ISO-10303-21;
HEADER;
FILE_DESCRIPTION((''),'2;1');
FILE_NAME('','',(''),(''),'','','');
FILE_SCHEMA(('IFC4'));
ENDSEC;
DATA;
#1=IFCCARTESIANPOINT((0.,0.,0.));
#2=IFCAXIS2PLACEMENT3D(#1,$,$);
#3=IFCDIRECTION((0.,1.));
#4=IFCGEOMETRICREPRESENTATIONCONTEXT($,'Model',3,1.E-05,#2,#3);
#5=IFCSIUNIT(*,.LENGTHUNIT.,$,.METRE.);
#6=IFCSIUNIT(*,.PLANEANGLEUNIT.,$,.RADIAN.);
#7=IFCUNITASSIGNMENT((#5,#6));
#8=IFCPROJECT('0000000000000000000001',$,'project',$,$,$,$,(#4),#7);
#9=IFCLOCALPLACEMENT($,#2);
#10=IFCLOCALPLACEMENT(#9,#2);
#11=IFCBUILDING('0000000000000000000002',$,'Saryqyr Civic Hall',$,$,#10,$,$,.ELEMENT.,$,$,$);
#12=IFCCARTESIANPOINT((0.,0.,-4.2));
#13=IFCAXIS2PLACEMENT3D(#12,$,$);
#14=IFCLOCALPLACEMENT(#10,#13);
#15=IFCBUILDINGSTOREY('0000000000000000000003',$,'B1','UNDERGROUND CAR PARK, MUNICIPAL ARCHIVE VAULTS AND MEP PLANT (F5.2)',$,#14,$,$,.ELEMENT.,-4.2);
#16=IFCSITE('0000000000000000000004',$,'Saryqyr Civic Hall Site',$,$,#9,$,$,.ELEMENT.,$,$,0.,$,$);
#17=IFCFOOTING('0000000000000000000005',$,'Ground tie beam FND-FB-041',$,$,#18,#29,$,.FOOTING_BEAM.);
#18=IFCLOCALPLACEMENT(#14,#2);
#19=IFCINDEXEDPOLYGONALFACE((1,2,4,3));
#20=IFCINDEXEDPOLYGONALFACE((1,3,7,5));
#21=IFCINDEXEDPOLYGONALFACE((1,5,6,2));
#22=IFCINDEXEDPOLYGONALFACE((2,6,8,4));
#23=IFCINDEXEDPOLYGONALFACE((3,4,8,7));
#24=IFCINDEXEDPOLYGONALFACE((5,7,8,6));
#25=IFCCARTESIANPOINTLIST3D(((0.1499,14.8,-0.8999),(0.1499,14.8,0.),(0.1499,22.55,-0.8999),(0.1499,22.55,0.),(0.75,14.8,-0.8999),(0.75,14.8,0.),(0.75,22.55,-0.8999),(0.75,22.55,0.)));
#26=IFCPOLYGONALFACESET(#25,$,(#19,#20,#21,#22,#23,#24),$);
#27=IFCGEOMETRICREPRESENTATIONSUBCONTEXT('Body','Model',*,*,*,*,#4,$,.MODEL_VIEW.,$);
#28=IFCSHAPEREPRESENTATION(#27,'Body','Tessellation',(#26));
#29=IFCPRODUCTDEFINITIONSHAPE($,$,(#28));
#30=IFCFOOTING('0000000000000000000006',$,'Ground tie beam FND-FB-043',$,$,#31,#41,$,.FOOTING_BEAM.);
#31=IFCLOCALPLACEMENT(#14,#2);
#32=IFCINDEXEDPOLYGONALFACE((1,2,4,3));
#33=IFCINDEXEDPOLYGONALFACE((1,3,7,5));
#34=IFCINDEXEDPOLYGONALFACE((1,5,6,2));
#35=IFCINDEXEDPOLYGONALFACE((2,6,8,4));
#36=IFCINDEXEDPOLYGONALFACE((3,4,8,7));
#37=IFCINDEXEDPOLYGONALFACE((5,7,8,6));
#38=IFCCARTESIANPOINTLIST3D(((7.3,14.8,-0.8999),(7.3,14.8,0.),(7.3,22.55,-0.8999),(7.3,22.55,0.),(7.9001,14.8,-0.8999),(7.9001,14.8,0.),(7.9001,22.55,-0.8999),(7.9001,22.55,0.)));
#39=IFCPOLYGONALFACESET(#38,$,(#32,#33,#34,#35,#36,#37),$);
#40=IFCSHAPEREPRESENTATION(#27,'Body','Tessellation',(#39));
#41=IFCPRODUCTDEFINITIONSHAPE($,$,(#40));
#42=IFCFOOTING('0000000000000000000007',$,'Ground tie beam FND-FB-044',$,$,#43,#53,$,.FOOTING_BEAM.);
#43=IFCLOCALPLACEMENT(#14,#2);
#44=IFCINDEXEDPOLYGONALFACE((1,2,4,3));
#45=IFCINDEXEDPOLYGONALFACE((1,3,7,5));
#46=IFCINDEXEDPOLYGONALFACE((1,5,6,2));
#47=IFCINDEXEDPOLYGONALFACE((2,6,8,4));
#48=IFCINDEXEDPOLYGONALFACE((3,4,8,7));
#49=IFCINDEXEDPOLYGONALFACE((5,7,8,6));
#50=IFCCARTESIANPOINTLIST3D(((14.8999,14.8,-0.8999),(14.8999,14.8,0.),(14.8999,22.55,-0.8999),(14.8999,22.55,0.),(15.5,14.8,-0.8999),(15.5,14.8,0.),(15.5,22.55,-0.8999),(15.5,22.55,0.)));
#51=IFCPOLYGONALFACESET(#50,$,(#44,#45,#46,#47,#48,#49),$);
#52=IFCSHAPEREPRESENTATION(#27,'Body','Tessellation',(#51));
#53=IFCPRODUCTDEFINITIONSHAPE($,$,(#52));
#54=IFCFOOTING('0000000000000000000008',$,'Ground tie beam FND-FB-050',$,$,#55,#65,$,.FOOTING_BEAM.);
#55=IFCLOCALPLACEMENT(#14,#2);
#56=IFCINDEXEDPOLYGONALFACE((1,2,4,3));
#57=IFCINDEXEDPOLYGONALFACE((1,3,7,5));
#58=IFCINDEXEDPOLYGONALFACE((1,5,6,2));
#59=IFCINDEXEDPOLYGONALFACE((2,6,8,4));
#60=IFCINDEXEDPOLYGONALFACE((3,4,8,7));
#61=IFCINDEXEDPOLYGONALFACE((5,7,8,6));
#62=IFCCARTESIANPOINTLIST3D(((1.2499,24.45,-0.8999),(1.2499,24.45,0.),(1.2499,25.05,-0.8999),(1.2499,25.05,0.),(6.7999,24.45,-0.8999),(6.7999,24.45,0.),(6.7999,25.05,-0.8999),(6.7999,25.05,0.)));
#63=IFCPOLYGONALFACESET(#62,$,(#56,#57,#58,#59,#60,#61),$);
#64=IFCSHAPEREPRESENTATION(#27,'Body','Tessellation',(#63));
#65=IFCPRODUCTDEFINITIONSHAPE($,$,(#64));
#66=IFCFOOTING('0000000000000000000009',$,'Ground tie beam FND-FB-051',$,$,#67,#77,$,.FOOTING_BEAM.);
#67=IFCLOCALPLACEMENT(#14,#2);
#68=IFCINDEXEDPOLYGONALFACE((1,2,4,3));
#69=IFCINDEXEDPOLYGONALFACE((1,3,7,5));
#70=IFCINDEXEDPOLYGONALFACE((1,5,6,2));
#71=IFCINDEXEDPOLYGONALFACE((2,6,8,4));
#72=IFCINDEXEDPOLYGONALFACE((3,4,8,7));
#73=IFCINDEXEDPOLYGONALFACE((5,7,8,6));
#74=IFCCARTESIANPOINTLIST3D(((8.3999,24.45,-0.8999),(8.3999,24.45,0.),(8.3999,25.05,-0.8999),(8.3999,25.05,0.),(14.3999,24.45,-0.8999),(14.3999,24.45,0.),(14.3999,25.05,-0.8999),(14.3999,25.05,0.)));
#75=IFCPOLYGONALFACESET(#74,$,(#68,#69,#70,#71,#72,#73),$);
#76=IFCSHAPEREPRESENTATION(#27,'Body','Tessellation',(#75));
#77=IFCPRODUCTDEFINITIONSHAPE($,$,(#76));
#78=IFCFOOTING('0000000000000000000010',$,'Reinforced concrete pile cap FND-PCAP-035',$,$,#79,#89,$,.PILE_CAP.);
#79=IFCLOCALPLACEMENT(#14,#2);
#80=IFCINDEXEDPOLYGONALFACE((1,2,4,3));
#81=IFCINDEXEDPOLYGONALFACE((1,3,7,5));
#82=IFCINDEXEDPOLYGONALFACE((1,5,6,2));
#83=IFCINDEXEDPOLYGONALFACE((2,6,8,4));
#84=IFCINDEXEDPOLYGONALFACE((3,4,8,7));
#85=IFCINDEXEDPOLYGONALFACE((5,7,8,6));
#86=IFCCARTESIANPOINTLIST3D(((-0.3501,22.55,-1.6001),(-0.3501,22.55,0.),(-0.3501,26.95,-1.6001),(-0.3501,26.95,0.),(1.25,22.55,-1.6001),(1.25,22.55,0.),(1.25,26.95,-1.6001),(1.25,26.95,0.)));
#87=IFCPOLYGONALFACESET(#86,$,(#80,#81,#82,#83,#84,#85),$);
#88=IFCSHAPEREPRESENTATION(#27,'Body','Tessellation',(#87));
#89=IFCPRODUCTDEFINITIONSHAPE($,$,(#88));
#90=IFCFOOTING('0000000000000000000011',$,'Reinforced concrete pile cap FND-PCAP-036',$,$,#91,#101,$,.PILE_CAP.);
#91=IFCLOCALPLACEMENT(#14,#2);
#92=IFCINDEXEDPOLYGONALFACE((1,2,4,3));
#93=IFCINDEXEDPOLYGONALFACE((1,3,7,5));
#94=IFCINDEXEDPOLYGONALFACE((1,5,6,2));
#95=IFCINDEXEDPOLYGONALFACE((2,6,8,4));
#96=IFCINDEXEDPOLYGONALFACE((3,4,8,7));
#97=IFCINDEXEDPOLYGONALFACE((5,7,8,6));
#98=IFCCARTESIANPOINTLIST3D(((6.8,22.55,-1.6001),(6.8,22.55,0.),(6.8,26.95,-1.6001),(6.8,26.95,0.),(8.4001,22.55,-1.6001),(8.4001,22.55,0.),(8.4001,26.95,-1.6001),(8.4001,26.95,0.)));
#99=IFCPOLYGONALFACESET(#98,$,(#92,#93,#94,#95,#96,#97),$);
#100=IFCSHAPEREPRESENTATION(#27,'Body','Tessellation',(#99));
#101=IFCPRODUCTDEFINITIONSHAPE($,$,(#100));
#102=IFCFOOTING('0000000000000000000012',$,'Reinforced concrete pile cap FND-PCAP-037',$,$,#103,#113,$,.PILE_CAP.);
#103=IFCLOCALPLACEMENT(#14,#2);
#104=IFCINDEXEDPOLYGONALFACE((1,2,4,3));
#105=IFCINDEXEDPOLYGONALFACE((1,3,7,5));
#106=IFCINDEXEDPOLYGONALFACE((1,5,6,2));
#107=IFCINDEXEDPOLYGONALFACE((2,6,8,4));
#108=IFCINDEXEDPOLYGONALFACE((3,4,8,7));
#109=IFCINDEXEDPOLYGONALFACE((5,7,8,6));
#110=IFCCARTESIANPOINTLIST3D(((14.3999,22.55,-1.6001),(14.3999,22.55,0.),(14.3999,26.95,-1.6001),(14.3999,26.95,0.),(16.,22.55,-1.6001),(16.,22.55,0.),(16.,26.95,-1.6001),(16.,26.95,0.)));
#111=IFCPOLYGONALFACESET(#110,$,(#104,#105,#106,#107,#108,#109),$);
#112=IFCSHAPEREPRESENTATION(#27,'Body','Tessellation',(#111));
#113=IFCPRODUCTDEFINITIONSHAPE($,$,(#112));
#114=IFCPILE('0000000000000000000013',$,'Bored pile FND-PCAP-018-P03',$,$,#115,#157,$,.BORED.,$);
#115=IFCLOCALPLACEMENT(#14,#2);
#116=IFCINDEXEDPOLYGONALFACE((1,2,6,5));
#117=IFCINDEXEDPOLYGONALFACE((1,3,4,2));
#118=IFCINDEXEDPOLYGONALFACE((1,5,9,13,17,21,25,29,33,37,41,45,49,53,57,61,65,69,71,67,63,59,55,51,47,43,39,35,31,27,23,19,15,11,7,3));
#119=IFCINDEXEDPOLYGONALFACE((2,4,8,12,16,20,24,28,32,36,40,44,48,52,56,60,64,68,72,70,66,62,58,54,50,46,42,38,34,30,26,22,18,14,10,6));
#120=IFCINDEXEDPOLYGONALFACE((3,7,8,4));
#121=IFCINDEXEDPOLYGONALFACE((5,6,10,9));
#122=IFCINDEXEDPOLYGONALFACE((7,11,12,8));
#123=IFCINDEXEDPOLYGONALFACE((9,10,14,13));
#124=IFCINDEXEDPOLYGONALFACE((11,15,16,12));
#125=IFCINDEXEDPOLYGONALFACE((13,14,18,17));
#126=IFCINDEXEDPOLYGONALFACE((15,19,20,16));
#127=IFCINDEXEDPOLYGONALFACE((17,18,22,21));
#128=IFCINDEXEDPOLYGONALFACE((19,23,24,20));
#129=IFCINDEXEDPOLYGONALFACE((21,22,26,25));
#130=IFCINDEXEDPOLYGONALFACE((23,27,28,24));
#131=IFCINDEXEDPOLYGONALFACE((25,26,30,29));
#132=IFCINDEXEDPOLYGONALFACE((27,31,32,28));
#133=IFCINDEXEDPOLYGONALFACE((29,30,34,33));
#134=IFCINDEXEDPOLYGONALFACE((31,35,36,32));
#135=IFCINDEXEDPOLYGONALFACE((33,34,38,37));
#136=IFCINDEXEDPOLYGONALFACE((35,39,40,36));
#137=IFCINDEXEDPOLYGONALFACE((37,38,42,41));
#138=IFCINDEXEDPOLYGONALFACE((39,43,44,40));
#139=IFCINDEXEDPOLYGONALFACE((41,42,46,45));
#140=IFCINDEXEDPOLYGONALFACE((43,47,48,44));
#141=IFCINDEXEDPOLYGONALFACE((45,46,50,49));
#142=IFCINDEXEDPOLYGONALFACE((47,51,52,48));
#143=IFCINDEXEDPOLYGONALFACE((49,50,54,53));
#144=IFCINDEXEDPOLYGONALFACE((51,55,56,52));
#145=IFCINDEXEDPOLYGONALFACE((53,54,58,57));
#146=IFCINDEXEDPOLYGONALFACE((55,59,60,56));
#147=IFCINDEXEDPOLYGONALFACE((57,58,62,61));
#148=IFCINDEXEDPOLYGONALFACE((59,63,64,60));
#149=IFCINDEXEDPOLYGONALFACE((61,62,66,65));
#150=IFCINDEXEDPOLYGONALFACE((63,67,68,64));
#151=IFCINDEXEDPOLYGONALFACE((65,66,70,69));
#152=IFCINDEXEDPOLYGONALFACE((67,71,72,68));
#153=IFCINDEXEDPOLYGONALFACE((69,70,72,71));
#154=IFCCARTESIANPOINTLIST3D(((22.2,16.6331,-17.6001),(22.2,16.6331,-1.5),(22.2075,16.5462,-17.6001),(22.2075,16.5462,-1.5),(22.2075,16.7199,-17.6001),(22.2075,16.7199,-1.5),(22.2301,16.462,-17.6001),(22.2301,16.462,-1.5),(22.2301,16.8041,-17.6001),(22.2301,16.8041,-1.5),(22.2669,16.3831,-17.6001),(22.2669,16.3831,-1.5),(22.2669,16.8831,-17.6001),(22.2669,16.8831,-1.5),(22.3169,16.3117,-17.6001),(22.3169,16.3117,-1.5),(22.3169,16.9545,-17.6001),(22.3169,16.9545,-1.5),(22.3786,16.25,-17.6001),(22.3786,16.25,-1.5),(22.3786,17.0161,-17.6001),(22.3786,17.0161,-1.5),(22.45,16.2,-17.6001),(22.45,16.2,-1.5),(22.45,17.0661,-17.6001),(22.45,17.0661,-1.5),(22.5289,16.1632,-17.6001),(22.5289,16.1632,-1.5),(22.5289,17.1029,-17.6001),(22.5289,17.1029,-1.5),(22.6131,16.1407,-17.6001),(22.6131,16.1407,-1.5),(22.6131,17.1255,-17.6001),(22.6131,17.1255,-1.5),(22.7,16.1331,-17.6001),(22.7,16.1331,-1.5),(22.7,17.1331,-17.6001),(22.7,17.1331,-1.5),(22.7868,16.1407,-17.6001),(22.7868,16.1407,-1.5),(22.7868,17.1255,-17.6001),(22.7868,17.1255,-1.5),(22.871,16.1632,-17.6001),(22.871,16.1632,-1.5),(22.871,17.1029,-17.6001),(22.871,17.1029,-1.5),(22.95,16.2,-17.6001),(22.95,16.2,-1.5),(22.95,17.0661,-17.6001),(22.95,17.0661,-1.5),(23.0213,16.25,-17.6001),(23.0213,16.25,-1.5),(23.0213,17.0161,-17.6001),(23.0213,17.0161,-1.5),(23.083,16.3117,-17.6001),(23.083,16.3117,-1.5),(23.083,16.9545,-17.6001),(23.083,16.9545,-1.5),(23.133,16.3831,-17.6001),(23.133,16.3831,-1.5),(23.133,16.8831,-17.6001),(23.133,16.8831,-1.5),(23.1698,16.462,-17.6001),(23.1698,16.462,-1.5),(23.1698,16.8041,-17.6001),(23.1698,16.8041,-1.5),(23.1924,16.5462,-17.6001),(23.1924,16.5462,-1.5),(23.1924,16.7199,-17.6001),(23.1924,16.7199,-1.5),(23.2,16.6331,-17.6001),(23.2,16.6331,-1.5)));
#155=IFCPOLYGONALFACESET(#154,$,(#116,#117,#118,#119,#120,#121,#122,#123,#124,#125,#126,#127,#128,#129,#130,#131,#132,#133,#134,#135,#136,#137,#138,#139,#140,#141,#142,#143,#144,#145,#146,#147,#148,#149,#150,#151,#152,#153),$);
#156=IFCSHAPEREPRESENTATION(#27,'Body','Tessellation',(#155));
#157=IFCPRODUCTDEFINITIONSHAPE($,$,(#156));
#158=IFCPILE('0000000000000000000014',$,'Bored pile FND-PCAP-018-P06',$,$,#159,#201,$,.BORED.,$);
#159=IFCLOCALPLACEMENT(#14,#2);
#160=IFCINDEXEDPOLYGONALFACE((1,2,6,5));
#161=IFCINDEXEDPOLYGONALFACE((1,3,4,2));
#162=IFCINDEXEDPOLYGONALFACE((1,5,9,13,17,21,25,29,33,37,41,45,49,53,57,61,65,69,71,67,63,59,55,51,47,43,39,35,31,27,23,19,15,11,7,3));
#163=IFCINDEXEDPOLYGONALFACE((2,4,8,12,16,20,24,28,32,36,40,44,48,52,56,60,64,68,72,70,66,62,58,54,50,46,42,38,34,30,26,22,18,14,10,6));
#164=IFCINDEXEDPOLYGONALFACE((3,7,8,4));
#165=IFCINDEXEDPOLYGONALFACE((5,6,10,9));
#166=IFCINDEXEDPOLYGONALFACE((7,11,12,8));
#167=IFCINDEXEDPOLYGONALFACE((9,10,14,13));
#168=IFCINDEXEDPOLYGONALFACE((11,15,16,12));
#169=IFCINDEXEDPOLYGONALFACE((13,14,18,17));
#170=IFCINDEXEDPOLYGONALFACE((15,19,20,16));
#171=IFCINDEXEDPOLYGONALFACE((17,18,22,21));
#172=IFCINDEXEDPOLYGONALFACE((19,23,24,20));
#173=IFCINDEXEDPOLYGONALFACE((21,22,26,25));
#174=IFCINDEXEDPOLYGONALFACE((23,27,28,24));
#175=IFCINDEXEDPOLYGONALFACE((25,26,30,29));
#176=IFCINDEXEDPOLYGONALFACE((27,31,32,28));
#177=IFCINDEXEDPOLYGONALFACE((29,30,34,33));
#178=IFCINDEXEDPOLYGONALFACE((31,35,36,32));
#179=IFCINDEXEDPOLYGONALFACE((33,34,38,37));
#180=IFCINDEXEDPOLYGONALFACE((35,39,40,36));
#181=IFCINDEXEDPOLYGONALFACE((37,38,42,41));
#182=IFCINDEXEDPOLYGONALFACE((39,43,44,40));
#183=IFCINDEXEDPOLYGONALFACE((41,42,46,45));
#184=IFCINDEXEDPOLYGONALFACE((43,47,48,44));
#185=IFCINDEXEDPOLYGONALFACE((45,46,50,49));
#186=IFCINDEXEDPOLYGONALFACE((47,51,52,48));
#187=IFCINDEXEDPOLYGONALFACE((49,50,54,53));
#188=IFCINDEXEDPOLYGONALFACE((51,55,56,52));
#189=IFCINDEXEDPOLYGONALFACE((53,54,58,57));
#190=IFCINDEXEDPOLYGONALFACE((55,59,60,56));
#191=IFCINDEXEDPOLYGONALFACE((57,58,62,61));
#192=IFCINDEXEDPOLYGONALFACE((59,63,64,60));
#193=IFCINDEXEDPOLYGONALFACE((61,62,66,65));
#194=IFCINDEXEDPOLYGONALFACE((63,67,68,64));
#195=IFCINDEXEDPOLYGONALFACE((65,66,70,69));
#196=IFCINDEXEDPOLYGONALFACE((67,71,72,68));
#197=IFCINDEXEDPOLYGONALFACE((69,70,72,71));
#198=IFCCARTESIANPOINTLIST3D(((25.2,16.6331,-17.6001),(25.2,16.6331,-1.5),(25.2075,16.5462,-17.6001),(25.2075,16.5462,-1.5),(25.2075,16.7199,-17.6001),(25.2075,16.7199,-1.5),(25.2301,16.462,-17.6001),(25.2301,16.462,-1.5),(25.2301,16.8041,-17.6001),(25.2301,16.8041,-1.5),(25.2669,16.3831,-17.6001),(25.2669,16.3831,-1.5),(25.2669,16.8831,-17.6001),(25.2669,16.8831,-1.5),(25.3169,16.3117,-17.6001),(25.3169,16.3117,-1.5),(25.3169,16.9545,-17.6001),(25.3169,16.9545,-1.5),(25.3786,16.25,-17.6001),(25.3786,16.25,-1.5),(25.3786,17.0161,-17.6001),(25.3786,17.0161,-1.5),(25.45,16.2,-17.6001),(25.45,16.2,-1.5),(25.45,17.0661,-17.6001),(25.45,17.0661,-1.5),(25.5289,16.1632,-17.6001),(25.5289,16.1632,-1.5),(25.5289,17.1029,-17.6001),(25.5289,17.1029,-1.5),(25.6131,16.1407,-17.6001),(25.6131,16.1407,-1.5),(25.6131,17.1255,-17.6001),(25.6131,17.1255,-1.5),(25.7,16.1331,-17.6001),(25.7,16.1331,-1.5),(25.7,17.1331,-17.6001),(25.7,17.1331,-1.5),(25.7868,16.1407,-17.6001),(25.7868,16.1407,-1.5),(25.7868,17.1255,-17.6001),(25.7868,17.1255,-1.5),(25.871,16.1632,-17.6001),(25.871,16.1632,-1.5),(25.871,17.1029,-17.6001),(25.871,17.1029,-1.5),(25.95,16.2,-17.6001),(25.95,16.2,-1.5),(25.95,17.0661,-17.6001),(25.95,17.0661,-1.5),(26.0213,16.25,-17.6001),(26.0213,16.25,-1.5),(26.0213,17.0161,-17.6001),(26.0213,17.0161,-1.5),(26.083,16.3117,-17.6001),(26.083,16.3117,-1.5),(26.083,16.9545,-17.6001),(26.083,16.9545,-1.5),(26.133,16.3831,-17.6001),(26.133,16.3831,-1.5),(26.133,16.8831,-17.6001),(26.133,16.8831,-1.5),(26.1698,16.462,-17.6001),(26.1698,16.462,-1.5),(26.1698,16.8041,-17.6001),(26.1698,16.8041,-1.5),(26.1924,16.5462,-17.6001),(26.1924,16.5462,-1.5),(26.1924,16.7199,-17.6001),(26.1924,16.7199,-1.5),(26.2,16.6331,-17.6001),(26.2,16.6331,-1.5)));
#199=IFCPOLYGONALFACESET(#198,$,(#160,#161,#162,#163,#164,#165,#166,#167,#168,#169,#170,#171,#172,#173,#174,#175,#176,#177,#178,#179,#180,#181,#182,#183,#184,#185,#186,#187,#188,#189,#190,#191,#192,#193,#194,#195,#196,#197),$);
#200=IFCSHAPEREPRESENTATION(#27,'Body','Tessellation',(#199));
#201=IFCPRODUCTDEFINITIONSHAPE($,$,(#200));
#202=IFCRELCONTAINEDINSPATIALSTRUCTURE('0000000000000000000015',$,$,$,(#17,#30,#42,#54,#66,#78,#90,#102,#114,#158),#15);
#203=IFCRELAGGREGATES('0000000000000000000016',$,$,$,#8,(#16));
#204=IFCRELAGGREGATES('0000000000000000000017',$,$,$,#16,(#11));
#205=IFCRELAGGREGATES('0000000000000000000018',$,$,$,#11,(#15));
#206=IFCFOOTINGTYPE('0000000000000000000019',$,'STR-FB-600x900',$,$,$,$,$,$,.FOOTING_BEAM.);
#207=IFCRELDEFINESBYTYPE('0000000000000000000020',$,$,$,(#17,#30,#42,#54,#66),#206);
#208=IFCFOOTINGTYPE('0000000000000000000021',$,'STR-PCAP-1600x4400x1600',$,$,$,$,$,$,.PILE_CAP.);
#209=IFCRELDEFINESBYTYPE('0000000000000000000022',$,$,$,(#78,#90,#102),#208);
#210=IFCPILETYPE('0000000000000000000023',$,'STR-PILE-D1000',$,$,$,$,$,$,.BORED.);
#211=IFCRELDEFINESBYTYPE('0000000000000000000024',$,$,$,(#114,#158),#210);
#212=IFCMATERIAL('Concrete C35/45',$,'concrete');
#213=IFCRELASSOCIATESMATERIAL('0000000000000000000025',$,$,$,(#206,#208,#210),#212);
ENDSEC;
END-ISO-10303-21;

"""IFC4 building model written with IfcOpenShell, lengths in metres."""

from ifc_helpers import new_model, si_unit, direction, frame, origin, origin_2d, place, context, subcontext, project, spatial, rectangle, circle, extrude, material, material_profile, profile_set, type_object, element, save


model = new_model("IFC4")

# Units and contexts
model_context = context("Model", 3, precision=1e-05, world=origin(), true_north=direction((0.0, 1.0)))
body_context = subcontext(model_context, "Body", "Model", "MODEL_VIEW")
ifc_project = project(units=[si_unit("LENGTHUNIT", "METRE"), si_unit("PLANEANGLEUNIT", "RADIAN")], contexts=[model_context])

# Site, building, storey
site_placement = place(None, origin())
site = spatial("IfcSite", under=ifc_project, at=site_placement, Name="Saryqyr Civic Hall Site", CompositionType="ELEMENT", RefElevation=0.0)
building_placement = place(site_placement, origin())
building = spatial("IfcBuilding", under=site, at=building_placement, Name="Saryqyr Civic Hall", CompositionType="ELEMENT")
storey_placement = place(building_placement, frame((0.0, 0.0, -4.2)))
storey = spatial("IfcBuildingStorey", under=building, at=storey_placement, Name="B1", Description="UNDERGROUND CAR PARK, MUNICIPAL ARCHIVE VAULTS AND MEP PLANT (F5.2)", CompositionType="ELEMENT", Elevation=-4.2)

# Footings
ifc_material_1 = material(Name="Concrete C35/45", Category="concrete")
footing_type_1 = type_object("IfcFootingType", Name="STR-FB-600x900", PredefinedType="FOOTING_BEAM", material=ifc_material_1)
for number, where, z_axis, x_axis, name in (
    (1, (0.45, 18.675, -0.8999), (0.0, 0.0, 1.0), (1.0, 0.0, 0.0), "Ground tie beam FND-FB-041"),
    (2, (7.6001, 18.675, -0.8999), (0.0, 0.0, 1.0), (1.0, 0.0, 0.0), "Ground tie beam FND-FB-043"),
    (3, (15.2, 18.675, -0.8999), (0.0, 0.0, 1.0), (1.0, 0.0, 0.0), "Ground tie beam FND-FB-044"),
):
    element("IfcFooting", number, at=place(storey_placement, frame(where, z_axis=z_axis, x_axis=x_axis)), inside=storey, type_object=footing_type_1, Name=name, PredefinedType="FOOTING_BEAM", context=body_context, shape_type="SweptSolid", body=[
        extrude(rectangle(XDim=0.6001, YDim=7.75, at=origin_2d()), origin(), (0.0, 0.0, 1.0), 0.8999),
    ])
footing_1_placement = place(storey_placement, frame((4.0249, 24.75, -0.8999), z_axis=(0.0, 0.0, 1.0), x_axis=(1.0, 0.0, 0.0)))
element("IfcFooting", 4, at=footing_1_placement, inside=storey, type_object=footing_type_1, Name="Ground tie beam FND-FB-050", PredefinedType="FOOTING_BEAM", context=body_context, shape_type="SweptSolid", body=[
    extrude(rectangle(XDim=5.55, YDim=0.6001, at=origin_2d()), origin(), (0.0, 0.0, 1.0), 0.8999),
])
footing_2_placement = place(storey_placement, frame((11.3999, 24.75, -0.8999), z_axis=(0.0, 0.0, 1.0), x_axis=(1.0, 0.0, 0.0)))
element("IfcFooting", 5, at=footing_2_placement, inside=storey, type_object=footing_type_1, Name="Ground tie beam FND-FB-051", PredefinedType="FOOTING_BEAM", context=body_context, shape_type="SweptSolid", body=[
    extrude(rectangle(XDim=6.0, YDim=0.6001, at=origin_2d()), origin(), (0.0, 0.0, 1.0), 0.8999),
])
footing_type_2 = type_object("IfcFootingType", Name="STR-PCAP-1600x4400x1600", PredefinedType="PILE_CAP", material=ifc_material_1)
for number, where, z_axis, x_axis, name in (
    (6, (0.45, 24.75, -1.6001), (0.0, 0.0, 1.0), (1.0, 0.0, 0.0), "Reinforced concrete pile cap FND-PCAP-035"),
    (7, (7.6001, 24.75, -1.6001), (0.0, 0.0, 1.0), (1.0, 0.0, 0.0), "Reinforced concrete pile cap FND-PCAP-036"),
    (8, (15.2, 24.75, -1.6001), (0.0, 0.0, 1.0), (1.0, 0.0, 0.0), "Reinforced concrete pile cap FND-PCAP-037"),
):
    element("IfcFooting", number, at=place(storey_placement, frame(where, z_axis=z_axis, x_axis=x_axis)), inside=storey, type_object=footing_type_2, Name=name, PredefinedType="PILE_CAP", context=body_context, shape_type="SweptSolid", body=[
        extrude(rectangle(XDim=1.6001, YDim=4.3999, at=origin_2d()), origin(), (0.0, 0.0, 1.0), 1.6001),
    ])

# Piles
ifc_material_profile_1 = material_profile(ifc_material_1, circle(Radius=0.5, at=origin_2d()), Name="BORED PILE D1000")
ifc_profile_set_1 = profile_set([ifc_material_profile_1], Name="Concrete C35/45")
pile_type_1 = type_object("IfcPileType", Name="STR-PILE-D1000", PredefinedType="BORED", material=ifc_profile_set_1)
for number, where, z_axis, x_axis, name in (
    (9, (22.7, 16.6331, -1.5), (0.0, 0.0, -1.0), (1.0, 0.0, 0.0), "Bored pile FND-PCAP-018-P03"),
    (10, (25.7, 16.6331, -1.5), (0.0, 0.0, -1.0), (1.0, 0.0, 0.0), "Bored pile FND-PCAP-018-P06"),
):
    element("IfcPile", number, at=place(storey_placement, frame(where, z_axis=z_axis, x_axis=x_axis)), inside=storey, type_object=pile_type_1, Name=name, PredefinedType="BORED", context=body_context, shape_type="SweptSolid", body=[
        extrude(circle(Radius=0.5, at=origin_2d()), origin(), (0.0, 0.0, 1.0), 16.1001),
    ])

save(model, "model.ifc")
